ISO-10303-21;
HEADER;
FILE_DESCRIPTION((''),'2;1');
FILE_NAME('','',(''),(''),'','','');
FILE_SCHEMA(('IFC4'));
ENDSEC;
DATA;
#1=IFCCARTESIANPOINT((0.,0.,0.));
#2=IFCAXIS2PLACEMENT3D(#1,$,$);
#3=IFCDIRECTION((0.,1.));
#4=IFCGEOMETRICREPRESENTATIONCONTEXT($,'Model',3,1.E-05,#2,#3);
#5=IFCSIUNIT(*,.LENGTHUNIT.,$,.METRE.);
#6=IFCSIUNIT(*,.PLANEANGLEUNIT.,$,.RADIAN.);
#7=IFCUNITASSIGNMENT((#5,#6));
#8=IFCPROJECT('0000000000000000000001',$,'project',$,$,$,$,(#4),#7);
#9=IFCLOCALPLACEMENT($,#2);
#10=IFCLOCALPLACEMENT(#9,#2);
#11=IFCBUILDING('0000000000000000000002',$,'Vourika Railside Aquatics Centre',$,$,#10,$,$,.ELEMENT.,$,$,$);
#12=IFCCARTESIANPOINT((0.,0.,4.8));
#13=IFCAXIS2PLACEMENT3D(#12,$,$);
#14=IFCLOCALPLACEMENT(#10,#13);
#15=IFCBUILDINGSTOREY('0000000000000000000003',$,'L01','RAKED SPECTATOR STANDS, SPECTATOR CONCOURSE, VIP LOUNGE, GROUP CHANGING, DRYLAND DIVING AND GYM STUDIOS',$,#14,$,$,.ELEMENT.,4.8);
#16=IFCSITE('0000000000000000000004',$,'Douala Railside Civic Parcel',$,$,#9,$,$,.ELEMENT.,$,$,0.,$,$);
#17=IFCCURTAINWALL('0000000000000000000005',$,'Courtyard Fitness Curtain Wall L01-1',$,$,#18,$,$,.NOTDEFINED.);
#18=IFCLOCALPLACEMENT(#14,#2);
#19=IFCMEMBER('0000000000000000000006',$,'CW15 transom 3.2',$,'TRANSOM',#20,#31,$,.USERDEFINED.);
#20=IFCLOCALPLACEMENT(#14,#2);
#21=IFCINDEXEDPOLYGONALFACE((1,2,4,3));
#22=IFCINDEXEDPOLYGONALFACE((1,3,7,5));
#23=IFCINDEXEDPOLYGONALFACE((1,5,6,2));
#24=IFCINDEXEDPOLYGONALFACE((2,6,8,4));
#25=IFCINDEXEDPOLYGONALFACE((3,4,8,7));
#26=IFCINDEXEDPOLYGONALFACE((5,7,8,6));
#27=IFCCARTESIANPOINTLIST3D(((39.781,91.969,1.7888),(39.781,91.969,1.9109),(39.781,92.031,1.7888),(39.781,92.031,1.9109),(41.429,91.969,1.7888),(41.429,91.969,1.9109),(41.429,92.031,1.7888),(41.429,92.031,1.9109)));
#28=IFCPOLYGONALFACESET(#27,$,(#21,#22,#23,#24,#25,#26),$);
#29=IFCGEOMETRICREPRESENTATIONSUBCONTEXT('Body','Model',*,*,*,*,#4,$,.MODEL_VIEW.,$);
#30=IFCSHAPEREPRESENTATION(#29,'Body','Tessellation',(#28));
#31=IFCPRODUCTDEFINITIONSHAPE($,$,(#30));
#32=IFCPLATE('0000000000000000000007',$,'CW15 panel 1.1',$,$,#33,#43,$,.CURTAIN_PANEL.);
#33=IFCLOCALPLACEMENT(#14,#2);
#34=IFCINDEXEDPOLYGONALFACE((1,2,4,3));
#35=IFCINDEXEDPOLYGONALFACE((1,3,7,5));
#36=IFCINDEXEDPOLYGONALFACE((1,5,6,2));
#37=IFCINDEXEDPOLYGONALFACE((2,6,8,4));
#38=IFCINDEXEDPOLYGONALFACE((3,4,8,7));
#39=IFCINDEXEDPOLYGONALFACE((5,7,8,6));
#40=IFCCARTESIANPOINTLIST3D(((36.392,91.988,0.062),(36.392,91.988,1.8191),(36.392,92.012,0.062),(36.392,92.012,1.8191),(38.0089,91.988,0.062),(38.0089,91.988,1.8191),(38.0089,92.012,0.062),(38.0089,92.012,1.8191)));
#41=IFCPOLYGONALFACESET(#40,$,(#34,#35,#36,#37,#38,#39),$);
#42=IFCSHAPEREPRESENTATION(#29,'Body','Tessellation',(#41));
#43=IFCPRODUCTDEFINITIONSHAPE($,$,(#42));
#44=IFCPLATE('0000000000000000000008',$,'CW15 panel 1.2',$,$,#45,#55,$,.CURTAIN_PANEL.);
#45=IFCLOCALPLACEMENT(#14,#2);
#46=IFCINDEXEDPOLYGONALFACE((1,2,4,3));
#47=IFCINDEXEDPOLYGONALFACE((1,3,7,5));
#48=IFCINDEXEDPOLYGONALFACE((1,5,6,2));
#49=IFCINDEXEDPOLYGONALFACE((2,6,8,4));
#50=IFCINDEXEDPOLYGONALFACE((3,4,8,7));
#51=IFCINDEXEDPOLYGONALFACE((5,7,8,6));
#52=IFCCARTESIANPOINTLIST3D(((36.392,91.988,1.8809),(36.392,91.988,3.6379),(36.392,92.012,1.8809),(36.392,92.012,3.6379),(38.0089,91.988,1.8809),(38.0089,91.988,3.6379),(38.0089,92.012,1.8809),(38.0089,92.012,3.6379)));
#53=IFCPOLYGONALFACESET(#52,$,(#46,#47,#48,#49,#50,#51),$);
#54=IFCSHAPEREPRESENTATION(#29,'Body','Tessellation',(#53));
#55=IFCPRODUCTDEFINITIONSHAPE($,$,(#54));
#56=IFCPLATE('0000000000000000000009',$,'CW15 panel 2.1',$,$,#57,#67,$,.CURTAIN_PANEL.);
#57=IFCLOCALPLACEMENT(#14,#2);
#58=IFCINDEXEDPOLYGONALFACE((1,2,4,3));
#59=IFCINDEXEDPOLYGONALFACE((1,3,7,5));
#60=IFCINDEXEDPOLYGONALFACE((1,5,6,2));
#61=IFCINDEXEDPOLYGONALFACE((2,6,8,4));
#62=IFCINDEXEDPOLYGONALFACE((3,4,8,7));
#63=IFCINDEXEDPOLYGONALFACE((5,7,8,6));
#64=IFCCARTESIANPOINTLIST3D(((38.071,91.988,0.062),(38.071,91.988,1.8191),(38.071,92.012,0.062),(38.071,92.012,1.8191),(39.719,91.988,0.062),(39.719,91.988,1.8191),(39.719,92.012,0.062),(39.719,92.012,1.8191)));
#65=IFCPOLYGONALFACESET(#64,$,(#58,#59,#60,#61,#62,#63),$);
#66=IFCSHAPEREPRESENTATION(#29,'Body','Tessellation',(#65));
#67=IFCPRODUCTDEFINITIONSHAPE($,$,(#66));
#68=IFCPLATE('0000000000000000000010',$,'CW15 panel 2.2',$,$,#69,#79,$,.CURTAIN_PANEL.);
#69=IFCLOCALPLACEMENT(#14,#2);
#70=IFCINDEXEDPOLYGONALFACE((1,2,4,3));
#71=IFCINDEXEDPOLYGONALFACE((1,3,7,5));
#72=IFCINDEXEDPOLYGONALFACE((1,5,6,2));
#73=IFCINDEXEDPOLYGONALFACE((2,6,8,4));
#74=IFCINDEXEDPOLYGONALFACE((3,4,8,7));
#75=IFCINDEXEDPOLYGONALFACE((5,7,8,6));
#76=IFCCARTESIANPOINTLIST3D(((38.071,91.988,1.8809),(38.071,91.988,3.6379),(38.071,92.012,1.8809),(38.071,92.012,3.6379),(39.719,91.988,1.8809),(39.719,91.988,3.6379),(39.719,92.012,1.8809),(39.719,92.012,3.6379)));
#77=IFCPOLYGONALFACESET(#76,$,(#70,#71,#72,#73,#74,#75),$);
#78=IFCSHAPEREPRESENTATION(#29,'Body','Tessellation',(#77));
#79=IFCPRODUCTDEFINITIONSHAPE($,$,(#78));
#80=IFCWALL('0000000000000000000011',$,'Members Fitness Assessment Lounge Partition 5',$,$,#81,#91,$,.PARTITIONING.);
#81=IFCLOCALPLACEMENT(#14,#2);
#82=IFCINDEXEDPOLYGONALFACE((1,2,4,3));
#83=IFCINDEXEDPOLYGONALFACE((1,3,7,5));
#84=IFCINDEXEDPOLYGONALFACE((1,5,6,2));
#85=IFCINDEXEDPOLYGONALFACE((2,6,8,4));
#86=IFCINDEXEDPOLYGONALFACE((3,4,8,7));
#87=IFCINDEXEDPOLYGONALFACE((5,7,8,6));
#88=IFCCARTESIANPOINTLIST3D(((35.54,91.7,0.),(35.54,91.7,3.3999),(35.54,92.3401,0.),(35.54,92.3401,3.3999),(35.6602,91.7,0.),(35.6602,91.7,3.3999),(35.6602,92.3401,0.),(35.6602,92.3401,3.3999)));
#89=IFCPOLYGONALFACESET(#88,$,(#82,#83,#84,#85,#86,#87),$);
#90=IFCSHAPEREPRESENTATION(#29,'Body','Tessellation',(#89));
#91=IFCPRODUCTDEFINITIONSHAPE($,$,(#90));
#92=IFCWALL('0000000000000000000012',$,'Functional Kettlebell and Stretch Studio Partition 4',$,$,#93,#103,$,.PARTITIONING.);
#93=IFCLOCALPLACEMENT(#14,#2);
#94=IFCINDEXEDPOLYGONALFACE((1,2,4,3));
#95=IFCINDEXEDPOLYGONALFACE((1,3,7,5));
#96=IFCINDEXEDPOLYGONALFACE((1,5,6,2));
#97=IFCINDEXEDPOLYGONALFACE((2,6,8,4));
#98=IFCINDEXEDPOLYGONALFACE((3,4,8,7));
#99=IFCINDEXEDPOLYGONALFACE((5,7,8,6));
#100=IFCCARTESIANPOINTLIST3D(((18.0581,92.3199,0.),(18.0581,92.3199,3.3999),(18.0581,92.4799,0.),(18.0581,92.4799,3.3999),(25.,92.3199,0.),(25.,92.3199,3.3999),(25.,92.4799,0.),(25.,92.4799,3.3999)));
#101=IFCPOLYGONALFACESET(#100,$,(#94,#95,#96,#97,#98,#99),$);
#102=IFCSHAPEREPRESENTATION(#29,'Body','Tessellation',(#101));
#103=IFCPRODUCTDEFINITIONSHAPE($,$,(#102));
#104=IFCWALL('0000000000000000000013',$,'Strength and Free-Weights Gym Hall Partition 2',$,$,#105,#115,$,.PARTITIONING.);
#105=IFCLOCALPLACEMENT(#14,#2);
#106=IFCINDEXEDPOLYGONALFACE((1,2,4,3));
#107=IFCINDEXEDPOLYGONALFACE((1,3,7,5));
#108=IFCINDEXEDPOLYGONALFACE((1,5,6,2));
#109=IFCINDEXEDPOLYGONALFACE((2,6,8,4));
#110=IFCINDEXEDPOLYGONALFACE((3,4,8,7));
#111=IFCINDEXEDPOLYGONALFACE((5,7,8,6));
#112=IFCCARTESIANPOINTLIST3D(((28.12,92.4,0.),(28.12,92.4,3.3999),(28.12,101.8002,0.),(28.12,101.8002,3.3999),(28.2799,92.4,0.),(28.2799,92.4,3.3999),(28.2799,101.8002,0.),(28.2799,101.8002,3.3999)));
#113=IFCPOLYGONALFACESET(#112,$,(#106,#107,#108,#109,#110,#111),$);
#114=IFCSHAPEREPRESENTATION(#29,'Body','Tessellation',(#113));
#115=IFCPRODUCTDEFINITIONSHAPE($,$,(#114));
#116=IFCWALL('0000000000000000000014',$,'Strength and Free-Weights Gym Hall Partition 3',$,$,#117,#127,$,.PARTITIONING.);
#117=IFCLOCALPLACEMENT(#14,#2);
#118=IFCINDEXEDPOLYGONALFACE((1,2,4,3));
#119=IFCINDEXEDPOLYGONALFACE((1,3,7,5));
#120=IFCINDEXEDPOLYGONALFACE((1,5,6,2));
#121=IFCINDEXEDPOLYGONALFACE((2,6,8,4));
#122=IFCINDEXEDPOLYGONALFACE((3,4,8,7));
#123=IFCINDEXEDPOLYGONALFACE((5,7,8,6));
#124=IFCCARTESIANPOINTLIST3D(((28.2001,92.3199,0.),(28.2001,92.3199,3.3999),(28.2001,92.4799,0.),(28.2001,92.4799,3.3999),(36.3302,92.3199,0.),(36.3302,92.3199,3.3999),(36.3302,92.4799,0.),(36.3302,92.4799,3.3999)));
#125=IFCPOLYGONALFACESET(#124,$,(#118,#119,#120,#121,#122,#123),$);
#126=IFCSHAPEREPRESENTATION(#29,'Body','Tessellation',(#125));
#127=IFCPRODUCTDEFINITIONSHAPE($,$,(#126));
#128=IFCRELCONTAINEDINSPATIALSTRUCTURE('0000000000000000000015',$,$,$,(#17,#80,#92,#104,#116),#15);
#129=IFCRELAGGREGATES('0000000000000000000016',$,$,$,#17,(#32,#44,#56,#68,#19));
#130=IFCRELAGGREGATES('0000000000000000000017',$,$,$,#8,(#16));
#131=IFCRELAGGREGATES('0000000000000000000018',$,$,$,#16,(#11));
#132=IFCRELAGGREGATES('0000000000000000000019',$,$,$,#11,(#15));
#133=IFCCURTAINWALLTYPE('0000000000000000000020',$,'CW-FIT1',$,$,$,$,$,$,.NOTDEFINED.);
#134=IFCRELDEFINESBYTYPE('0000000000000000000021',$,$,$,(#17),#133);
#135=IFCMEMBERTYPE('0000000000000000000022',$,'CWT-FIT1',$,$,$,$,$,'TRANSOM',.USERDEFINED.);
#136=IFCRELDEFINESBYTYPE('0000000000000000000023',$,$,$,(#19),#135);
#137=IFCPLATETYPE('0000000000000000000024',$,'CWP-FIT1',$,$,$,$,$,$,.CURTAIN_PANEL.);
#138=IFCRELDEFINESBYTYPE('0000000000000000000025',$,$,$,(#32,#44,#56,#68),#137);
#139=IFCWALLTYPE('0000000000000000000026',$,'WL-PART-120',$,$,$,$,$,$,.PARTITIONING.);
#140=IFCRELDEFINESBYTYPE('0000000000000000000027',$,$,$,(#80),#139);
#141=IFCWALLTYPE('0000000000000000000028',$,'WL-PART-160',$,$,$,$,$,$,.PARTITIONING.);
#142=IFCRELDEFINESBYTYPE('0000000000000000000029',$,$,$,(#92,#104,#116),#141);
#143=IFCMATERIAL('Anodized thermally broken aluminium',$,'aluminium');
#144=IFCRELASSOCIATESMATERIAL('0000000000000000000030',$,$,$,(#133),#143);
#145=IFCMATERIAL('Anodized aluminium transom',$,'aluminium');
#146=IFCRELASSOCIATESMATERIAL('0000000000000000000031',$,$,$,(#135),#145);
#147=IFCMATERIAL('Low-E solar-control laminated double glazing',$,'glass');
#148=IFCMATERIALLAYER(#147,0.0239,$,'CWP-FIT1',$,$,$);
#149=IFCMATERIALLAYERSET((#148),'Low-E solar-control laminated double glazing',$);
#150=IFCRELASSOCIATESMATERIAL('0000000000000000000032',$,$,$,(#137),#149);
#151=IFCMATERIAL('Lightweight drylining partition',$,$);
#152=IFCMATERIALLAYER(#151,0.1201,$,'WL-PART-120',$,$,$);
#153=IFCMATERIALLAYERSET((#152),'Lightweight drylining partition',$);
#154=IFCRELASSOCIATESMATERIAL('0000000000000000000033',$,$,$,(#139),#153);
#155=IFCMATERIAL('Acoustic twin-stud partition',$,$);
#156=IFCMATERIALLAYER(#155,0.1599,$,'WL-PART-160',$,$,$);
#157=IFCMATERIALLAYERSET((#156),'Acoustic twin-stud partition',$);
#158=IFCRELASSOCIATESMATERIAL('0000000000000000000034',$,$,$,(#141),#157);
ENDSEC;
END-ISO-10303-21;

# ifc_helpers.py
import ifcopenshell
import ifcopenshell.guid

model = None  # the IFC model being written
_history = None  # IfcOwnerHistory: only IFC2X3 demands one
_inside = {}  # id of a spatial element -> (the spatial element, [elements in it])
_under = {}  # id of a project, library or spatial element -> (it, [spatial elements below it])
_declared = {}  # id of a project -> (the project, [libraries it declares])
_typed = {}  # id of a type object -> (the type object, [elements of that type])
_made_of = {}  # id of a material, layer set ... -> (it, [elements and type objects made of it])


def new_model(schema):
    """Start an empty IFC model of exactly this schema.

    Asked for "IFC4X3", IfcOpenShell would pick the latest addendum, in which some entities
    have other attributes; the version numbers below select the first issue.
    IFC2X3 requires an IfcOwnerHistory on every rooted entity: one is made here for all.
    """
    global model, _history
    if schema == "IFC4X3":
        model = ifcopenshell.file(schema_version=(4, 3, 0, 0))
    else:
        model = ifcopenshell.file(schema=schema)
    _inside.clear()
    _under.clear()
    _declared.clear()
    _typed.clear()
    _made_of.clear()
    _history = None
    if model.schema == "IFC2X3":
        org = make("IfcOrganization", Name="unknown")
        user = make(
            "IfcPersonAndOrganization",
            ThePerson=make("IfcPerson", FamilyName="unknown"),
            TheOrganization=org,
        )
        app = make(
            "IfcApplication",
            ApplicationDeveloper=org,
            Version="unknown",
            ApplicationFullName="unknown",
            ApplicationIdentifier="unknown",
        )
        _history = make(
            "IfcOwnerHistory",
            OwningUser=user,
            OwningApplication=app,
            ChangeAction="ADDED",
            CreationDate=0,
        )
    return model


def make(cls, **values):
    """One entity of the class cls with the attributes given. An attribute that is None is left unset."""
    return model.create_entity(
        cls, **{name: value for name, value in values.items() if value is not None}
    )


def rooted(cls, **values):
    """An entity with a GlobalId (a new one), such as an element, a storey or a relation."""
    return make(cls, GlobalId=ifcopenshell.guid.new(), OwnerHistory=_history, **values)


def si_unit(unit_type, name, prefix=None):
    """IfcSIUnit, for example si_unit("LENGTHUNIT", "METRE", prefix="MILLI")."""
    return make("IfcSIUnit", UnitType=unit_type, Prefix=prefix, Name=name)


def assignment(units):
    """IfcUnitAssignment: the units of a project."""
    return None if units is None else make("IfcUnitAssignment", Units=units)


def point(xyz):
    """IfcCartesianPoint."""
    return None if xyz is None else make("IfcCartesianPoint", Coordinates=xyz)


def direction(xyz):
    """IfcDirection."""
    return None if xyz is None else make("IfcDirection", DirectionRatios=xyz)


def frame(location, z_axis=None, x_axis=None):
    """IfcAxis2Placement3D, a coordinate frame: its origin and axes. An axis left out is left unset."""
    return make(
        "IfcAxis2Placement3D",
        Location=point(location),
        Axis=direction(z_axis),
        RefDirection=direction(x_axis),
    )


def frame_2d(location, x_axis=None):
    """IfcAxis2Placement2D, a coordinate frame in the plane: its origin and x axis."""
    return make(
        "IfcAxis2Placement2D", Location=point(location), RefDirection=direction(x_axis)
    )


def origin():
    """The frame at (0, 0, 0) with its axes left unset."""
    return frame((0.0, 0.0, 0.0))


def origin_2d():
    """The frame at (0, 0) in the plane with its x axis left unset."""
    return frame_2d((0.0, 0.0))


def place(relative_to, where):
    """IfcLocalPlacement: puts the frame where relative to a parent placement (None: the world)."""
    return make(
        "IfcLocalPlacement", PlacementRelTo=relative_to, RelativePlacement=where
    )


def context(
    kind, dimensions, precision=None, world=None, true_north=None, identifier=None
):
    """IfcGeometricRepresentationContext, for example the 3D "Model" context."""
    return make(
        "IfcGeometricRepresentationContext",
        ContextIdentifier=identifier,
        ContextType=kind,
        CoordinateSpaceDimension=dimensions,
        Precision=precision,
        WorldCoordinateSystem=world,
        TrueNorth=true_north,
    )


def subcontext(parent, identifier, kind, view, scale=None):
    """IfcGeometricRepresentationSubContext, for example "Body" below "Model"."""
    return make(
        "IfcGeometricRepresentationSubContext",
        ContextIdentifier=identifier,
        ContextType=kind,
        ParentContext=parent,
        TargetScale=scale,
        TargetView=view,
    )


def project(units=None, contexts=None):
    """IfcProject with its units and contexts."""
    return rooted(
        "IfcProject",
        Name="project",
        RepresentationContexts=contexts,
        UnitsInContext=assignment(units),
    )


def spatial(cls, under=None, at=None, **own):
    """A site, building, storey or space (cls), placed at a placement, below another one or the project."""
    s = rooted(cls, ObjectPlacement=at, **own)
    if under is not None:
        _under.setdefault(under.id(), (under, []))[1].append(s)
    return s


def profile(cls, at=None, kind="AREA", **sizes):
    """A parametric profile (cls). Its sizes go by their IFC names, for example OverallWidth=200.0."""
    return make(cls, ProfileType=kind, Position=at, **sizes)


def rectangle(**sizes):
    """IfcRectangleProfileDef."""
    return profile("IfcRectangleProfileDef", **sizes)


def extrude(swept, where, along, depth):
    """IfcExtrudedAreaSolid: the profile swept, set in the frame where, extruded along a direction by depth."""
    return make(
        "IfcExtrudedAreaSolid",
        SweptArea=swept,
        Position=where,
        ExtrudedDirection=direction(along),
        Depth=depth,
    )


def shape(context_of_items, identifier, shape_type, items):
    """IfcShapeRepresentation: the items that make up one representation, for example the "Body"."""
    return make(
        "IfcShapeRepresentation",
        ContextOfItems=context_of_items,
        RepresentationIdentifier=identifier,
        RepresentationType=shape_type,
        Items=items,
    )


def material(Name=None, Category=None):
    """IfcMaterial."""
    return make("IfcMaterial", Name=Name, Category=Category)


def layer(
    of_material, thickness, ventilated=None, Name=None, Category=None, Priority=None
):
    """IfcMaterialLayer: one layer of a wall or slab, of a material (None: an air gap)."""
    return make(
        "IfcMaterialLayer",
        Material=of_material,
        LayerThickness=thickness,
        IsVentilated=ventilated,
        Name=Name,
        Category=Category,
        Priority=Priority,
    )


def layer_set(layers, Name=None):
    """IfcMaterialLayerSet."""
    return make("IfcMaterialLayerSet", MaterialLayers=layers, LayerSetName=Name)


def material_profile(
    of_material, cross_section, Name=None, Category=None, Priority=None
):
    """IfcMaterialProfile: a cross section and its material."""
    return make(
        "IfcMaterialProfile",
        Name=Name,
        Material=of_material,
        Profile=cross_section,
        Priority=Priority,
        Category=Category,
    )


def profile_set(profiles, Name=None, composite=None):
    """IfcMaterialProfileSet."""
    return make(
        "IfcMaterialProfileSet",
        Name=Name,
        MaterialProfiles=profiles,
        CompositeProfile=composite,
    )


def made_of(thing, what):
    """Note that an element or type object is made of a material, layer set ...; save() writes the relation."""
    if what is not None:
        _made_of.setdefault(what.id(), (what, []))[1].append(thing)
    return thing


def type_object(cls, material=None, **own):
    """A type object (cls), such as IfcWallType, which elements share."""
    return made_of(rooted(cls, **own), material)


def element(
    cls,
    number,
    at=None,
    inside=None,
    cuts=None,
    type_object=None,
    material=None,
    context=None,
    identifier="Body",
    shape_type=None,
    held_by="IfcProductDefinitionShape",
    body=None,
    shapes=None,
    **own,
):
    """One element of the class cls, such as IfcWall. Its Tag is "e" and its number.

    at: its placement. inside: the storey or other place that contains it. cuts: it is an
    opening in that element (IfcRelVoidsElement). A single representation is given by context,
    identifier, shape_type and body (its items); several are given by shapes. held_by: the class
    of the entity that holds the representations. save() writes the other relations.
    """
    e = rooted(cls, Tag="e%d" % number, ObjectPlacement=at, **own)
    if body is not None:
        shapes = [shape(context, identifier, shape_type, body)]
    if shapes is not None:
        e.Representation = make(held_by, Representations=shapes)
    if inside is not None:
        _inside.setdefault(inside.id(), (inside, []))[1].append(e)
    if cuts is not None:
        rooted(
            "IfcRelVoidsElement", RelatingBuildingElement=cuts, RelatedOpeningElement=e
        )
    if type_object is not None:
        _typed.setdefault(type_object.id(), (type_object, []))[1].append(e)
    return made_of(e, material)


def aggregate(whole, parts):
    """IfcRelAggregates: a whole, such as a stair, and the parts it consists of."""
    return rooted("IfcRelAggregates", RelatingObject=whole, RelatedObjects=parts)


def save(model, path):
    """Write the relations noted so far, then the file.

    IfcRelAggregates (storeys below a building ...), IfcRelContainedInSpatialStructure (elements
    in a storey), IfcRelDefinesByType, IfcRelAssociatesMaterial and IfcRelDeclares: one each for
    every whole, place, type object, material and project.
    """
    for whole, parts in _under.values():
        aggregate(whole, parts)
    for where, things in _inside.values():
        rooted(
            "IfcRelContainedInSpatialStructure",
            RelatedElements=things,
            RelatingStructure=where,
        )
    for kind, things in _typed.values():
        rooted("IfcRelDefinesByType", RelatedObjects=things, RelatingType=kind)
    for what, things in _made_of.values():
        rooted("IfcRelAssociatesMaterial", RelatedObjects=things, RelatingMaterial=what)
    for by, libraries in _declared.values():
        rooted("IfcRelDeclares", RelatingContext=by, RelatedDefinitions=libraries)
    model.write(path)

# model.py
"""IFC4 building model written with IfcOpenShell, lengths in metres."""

from ifc_helpers import new_model, si_unit, direction, frame, frame_2d, origin, origin_2d, place, context, subcontext, project, spatial, rectangle, extrude, material, layer, layer_set, material_profile, profile_set, type_object, element, aggregate, save


model = new_model("IFC4")

# Units and contexts
model_context = context("Model", 3, precision=1e-05, world=origin(), true_north=direction((0.0, 1.0)))
body_context = subcontext(model_context, "Body", "Model", "MODEL_VIEW")
ifc_project = project(units=[si_unit("LENGTHUNIT", "METRE"), si_unit("PLANEANGLEUNIT", "RADIAN")], contexts=[model_context])

# Site, building, storey
site_placement = place(None, origin())
site = spatial("IfcSite", under=ifc_project, at=site_placement, Name="Douala Railside Civic Parcel", CompositionType="ELEMENT", RefElevation=0.0)
building_placement = place(site_placement, origin())
building = spatial("IfcBuilding", under=site, at=building_placement, Name="Vourika Railside Aquatics Centre", CompositionType="ELEMENT")
storey_placement = place(building_placement, frame((0.0, 0.0, 4.8)))
storey = spatial("IfcBuildingStorey", under=building, at=storey_placement, Name="L01", Description="RAKED SPECTATOR STANDS, SPECTATOR CONCOURSE, VIP LOUNGE, GROUP CHANGING, DRYLAND DIVING AND GYM STUDIOS", CompositionType="ELEMENT", Elevation=4.8)

# Curtain wall, member, plates
ifc_material_1 = material(Name="Anodized thermally broken aluminium", Category="aluminium")
curtain_wall_type = type_object("IfcCurtainWallType", Name="CW-FIT1", PredefinedType="NOTDEFINED", material=ifc_material_1)
curtain_wall_placement = place(storey_placement, origin())
curtain_wall = element("IfcCurtainWall", 1, at=curtain_wall_placement, inside=storey, type_object=curtain_wall_type, Name="Courtyard Fitness Curtain Wall L01-1", PredefinedType="NOTDEFINED")
ifc_material_2 = material(Name="Anodized aluminium transom", Category="aluminium")
ifc_material_profile_1 = material_profile(ifc_material_2, rectangle(XDim=0.062, YDim=0.1221, at=origin_2d()), Name="ALU-T 62x122")
ifc_profile_set_1 = profile_set([ifc_material_profile_1], Name="Anodized aluminium transom")
member_type_1 = type_object("IfcMemberType", Name="CWT-FIT1", ElementType="TRANSOM", PredefinedType="USERDEFINED", material=ifc_profile_set_1)
member_1_placement = place(storey_placement, frame((39.781, 92.0, 1.8499), z_axis=(1.0, 0.0, 0.0), x_axis=(0.0, 1.0, 0.0)))
member_1 = element("IfcMember", 2, at=member_1_placement, type_object=member_type_1, Name="CW15 transom 3.2", ObjectType="TRANSOM", PredefinedType="USERDEFINED", context=body_context, shape_type="SweptSolid", body=[
    extrude(rectangle(XDim=0.062, YDim=0.1221, at=origin_2d()), origin(), (0.0, 0.0, 1.0), 1.6479),
])
ifc_material_3 = material(Name="Low-E solar-control laminated double glazing", Category="glass")
ifc_layer_1 = layer(ifc_material_3, 0.0239, Name="CWP-FIT1")
ifc_layer_set_1 = layer_set([ifc_layer_1], Name="Low-E solar-control laminated double glazing")
plate_type = type_object("IfcPlateType", Name="CWP-FIT1", PredefinedType="CURTAIN_PANEL", material=ifc_layer_set_1)
plate_1_placement = place(storey_placement, frame((37.2004, 92.0, 0.062), z_axis=(0.0, 0.0, 1.0), x_axis=(1.0, 0.0, 0.0)))
plate_1 = element("IfcPlate", 3, at=plate_1_placement, type_object=plate_type, Name="CW15 panel 1.1", PredefinedType="CURTAIN_PANEL", context=body_context, shape_type="SweptSolid", body=[
    extrude(rectangle(XDim=1.6169, YDim=0.0239, at=origin_2d()), origin(), (0.0, 0.0, 1.0), 1.7571),
])
plate_2_placement = place(storey_placement, frame((37.2004, 92.0, 1.8809), z_axis=(0.0, 0.0, 1.0), x_axis=(1.0, 0.0, 0.0)))
plate_2 = element("IfcPlate", 4, at=plate_2_placement, type_object=plate_type, Name="CW15 panel 1.2", PredefinedType="CURTAIN_PANEL", context=body_context, shape_type="SweptSolid", body=[
    extrude(rectangle(XDim=1.6169, YDim=0.0239, at=origin_2d()), origin(), (0.0, 0.0, 1.0), 1.7571),
])
plate_3_placement = place(storey_placement, frame((38.895, 92.0, 0.062), z_axis=(0.0, 0.0, 1.0), x_axis=(1.0, 0.0, 0.0)))
plate_3 = element("IfcPlate", 5, at=plate_3_placement, type_object=plate_type, Name="CW15 panel 2.1", PredefinedType="CURTAIN_PANEL", context=body_context, shape_type="SweptSolid", body=[
    extrude(rectangle(XDim=1.6479, YDim=0.0239, at=origin_2d()), origin(), (0.0, 0.0, 1.0), 1.7571),
])
plate_4_placement = place(storey_placement, frame((38.895, 92.0, 1.8809), z_axis=(0.0, 0.0, 1.0), x_axis=(1.0, 0.0, 0.0)))
plate_4 = element("IfcPlate", 6, at=plate_4_placement, type_object=plate_type, Name="CW15 panel 2.2", PredefinedType="CURTAIN_PANEL", context=body_context, shape_type="SweptSolid", body=[
    extrude(rectangle(XDim=1.6479, YDim=0.0239, at=origin_2d()), origin(), (0.0, 0.0, 1.0), 1.7571),
])
aggregate(curtain_wall, [plate_1, plate_2, plate_3, plate_4, member_1])

# Walls
ifc_material_4 = material(Name="Lightweight drylining partition")
ifc_layer_2 = layer(ifc_material_4, 0.1201, Name="WL-PART-120")
ifc_layer_set_2 = layer_set([ifc_layer_2], Name="Lightweight drylining partition")
wall_type_1 = type_object("IfcWallType", Name="WL-PART-120", PredefinedType="PARTITIONING", material=ifc_layer_set_2)
wall_1_placement = place(storey_placement, frame((35.6001, 92.3401, 0.0), z_axis=(0.0, 0.0, 1.0), x_axis=(0.0, -1.0, 0.0)))
element("IfcWall", 7, at=wall_1_placement, inside=storey, type_object=wall_type_1, Name="Members Fitness Assessment Lounge Partition 5", PredefinedType="PARTITIONING", context=body_context, shape_type="SweptSolid", body=[
    extrude(rectangle(XDim=0.6401, YDim=0.1201, at=frame_2d((0.3201, 0.0))), origin(), (0.0, 0.0, 1.0), 3.3999),
])
ifc_material_5 = material(Name="Acoustic twin-stud partition")
ifc_layer_3 = layer(ifc_material_5, 0.1599, Name="WL-PART-160")
ifc_layer_set_3 = layer_set([ifc_layer_3], Name="Acoustic twin-stud partition")
wall_type_2 = type_object("IfcWallType", Name="WL-PART-160", PredefinedType="PARTITIONING", material=ifc_layer_set_3)
wall_2_placement = place(storey_placement, frame((25.0, 92.3999, 0.0), z_axis=(0.0, 0.0, 1.0), x_axis=(-1.0, 0.0, 0.0)))
element("IfcWall", 8, at=wall_2_placement, inside=storey, type_object=wall_type_2, Name="Functional Kettlebell and Stretch Studio Partition 4", PredefinedType="PARTITIONING", context=body_context, shape_type="SweptSolid", body=[
    extrude(rectangle(XDim=6.9419, YDim=0.1599, at=frame_2d((3.4709, 0.0))), origin(), (0.0, 0.0, 1.0), 3.3999),
])
wall_3_placement = place(storey_placement, frame((28.2, 92.3999, 0.0), z_axis=(0.0, 0.0, 1.0), x_axis=(0.0, 1.0, 0.0)))
element("IfcWall", 9, at=wall_3_placement, inside=storey, type_object=wall_type_2, Name="Strength and Free-Weights Gym Hall Partition 2", PredefinedType="PARTITIONING", context=body_context, shape_type="SweptSolid", body=[
    extrude(rectangle(XDim=9.4001, YDim=0.1599, at=frame_2d((4.7002, 0.0))), origin(), (0.0, 0.0, 1.0), 3.3999),
])
wall_4_placement = place(storey_placement, frame((36.3301, 92.3999, 0.0), z_axis=(0.0, 0.0, 1.0), x_axis=(-1.0, 0.0, 0.0)))
element("IfcWall", 10, at=wall_4_placement, inside=storey, type_object=wall_type_2, Name="Strength and Free-Weights Gym Hall Partition 3", PredefinedType="PARTITIONING", context=body_context, shape_type="SweptSolid", body=[
    extrude(rectangle(XDim=8.1301, YDim=0.1599, at=frame_2d((4.0649, 0.0))), origin(), (0.0, 0.0, 1.0), 3.3999),
])

save(model, "model.ifc")
